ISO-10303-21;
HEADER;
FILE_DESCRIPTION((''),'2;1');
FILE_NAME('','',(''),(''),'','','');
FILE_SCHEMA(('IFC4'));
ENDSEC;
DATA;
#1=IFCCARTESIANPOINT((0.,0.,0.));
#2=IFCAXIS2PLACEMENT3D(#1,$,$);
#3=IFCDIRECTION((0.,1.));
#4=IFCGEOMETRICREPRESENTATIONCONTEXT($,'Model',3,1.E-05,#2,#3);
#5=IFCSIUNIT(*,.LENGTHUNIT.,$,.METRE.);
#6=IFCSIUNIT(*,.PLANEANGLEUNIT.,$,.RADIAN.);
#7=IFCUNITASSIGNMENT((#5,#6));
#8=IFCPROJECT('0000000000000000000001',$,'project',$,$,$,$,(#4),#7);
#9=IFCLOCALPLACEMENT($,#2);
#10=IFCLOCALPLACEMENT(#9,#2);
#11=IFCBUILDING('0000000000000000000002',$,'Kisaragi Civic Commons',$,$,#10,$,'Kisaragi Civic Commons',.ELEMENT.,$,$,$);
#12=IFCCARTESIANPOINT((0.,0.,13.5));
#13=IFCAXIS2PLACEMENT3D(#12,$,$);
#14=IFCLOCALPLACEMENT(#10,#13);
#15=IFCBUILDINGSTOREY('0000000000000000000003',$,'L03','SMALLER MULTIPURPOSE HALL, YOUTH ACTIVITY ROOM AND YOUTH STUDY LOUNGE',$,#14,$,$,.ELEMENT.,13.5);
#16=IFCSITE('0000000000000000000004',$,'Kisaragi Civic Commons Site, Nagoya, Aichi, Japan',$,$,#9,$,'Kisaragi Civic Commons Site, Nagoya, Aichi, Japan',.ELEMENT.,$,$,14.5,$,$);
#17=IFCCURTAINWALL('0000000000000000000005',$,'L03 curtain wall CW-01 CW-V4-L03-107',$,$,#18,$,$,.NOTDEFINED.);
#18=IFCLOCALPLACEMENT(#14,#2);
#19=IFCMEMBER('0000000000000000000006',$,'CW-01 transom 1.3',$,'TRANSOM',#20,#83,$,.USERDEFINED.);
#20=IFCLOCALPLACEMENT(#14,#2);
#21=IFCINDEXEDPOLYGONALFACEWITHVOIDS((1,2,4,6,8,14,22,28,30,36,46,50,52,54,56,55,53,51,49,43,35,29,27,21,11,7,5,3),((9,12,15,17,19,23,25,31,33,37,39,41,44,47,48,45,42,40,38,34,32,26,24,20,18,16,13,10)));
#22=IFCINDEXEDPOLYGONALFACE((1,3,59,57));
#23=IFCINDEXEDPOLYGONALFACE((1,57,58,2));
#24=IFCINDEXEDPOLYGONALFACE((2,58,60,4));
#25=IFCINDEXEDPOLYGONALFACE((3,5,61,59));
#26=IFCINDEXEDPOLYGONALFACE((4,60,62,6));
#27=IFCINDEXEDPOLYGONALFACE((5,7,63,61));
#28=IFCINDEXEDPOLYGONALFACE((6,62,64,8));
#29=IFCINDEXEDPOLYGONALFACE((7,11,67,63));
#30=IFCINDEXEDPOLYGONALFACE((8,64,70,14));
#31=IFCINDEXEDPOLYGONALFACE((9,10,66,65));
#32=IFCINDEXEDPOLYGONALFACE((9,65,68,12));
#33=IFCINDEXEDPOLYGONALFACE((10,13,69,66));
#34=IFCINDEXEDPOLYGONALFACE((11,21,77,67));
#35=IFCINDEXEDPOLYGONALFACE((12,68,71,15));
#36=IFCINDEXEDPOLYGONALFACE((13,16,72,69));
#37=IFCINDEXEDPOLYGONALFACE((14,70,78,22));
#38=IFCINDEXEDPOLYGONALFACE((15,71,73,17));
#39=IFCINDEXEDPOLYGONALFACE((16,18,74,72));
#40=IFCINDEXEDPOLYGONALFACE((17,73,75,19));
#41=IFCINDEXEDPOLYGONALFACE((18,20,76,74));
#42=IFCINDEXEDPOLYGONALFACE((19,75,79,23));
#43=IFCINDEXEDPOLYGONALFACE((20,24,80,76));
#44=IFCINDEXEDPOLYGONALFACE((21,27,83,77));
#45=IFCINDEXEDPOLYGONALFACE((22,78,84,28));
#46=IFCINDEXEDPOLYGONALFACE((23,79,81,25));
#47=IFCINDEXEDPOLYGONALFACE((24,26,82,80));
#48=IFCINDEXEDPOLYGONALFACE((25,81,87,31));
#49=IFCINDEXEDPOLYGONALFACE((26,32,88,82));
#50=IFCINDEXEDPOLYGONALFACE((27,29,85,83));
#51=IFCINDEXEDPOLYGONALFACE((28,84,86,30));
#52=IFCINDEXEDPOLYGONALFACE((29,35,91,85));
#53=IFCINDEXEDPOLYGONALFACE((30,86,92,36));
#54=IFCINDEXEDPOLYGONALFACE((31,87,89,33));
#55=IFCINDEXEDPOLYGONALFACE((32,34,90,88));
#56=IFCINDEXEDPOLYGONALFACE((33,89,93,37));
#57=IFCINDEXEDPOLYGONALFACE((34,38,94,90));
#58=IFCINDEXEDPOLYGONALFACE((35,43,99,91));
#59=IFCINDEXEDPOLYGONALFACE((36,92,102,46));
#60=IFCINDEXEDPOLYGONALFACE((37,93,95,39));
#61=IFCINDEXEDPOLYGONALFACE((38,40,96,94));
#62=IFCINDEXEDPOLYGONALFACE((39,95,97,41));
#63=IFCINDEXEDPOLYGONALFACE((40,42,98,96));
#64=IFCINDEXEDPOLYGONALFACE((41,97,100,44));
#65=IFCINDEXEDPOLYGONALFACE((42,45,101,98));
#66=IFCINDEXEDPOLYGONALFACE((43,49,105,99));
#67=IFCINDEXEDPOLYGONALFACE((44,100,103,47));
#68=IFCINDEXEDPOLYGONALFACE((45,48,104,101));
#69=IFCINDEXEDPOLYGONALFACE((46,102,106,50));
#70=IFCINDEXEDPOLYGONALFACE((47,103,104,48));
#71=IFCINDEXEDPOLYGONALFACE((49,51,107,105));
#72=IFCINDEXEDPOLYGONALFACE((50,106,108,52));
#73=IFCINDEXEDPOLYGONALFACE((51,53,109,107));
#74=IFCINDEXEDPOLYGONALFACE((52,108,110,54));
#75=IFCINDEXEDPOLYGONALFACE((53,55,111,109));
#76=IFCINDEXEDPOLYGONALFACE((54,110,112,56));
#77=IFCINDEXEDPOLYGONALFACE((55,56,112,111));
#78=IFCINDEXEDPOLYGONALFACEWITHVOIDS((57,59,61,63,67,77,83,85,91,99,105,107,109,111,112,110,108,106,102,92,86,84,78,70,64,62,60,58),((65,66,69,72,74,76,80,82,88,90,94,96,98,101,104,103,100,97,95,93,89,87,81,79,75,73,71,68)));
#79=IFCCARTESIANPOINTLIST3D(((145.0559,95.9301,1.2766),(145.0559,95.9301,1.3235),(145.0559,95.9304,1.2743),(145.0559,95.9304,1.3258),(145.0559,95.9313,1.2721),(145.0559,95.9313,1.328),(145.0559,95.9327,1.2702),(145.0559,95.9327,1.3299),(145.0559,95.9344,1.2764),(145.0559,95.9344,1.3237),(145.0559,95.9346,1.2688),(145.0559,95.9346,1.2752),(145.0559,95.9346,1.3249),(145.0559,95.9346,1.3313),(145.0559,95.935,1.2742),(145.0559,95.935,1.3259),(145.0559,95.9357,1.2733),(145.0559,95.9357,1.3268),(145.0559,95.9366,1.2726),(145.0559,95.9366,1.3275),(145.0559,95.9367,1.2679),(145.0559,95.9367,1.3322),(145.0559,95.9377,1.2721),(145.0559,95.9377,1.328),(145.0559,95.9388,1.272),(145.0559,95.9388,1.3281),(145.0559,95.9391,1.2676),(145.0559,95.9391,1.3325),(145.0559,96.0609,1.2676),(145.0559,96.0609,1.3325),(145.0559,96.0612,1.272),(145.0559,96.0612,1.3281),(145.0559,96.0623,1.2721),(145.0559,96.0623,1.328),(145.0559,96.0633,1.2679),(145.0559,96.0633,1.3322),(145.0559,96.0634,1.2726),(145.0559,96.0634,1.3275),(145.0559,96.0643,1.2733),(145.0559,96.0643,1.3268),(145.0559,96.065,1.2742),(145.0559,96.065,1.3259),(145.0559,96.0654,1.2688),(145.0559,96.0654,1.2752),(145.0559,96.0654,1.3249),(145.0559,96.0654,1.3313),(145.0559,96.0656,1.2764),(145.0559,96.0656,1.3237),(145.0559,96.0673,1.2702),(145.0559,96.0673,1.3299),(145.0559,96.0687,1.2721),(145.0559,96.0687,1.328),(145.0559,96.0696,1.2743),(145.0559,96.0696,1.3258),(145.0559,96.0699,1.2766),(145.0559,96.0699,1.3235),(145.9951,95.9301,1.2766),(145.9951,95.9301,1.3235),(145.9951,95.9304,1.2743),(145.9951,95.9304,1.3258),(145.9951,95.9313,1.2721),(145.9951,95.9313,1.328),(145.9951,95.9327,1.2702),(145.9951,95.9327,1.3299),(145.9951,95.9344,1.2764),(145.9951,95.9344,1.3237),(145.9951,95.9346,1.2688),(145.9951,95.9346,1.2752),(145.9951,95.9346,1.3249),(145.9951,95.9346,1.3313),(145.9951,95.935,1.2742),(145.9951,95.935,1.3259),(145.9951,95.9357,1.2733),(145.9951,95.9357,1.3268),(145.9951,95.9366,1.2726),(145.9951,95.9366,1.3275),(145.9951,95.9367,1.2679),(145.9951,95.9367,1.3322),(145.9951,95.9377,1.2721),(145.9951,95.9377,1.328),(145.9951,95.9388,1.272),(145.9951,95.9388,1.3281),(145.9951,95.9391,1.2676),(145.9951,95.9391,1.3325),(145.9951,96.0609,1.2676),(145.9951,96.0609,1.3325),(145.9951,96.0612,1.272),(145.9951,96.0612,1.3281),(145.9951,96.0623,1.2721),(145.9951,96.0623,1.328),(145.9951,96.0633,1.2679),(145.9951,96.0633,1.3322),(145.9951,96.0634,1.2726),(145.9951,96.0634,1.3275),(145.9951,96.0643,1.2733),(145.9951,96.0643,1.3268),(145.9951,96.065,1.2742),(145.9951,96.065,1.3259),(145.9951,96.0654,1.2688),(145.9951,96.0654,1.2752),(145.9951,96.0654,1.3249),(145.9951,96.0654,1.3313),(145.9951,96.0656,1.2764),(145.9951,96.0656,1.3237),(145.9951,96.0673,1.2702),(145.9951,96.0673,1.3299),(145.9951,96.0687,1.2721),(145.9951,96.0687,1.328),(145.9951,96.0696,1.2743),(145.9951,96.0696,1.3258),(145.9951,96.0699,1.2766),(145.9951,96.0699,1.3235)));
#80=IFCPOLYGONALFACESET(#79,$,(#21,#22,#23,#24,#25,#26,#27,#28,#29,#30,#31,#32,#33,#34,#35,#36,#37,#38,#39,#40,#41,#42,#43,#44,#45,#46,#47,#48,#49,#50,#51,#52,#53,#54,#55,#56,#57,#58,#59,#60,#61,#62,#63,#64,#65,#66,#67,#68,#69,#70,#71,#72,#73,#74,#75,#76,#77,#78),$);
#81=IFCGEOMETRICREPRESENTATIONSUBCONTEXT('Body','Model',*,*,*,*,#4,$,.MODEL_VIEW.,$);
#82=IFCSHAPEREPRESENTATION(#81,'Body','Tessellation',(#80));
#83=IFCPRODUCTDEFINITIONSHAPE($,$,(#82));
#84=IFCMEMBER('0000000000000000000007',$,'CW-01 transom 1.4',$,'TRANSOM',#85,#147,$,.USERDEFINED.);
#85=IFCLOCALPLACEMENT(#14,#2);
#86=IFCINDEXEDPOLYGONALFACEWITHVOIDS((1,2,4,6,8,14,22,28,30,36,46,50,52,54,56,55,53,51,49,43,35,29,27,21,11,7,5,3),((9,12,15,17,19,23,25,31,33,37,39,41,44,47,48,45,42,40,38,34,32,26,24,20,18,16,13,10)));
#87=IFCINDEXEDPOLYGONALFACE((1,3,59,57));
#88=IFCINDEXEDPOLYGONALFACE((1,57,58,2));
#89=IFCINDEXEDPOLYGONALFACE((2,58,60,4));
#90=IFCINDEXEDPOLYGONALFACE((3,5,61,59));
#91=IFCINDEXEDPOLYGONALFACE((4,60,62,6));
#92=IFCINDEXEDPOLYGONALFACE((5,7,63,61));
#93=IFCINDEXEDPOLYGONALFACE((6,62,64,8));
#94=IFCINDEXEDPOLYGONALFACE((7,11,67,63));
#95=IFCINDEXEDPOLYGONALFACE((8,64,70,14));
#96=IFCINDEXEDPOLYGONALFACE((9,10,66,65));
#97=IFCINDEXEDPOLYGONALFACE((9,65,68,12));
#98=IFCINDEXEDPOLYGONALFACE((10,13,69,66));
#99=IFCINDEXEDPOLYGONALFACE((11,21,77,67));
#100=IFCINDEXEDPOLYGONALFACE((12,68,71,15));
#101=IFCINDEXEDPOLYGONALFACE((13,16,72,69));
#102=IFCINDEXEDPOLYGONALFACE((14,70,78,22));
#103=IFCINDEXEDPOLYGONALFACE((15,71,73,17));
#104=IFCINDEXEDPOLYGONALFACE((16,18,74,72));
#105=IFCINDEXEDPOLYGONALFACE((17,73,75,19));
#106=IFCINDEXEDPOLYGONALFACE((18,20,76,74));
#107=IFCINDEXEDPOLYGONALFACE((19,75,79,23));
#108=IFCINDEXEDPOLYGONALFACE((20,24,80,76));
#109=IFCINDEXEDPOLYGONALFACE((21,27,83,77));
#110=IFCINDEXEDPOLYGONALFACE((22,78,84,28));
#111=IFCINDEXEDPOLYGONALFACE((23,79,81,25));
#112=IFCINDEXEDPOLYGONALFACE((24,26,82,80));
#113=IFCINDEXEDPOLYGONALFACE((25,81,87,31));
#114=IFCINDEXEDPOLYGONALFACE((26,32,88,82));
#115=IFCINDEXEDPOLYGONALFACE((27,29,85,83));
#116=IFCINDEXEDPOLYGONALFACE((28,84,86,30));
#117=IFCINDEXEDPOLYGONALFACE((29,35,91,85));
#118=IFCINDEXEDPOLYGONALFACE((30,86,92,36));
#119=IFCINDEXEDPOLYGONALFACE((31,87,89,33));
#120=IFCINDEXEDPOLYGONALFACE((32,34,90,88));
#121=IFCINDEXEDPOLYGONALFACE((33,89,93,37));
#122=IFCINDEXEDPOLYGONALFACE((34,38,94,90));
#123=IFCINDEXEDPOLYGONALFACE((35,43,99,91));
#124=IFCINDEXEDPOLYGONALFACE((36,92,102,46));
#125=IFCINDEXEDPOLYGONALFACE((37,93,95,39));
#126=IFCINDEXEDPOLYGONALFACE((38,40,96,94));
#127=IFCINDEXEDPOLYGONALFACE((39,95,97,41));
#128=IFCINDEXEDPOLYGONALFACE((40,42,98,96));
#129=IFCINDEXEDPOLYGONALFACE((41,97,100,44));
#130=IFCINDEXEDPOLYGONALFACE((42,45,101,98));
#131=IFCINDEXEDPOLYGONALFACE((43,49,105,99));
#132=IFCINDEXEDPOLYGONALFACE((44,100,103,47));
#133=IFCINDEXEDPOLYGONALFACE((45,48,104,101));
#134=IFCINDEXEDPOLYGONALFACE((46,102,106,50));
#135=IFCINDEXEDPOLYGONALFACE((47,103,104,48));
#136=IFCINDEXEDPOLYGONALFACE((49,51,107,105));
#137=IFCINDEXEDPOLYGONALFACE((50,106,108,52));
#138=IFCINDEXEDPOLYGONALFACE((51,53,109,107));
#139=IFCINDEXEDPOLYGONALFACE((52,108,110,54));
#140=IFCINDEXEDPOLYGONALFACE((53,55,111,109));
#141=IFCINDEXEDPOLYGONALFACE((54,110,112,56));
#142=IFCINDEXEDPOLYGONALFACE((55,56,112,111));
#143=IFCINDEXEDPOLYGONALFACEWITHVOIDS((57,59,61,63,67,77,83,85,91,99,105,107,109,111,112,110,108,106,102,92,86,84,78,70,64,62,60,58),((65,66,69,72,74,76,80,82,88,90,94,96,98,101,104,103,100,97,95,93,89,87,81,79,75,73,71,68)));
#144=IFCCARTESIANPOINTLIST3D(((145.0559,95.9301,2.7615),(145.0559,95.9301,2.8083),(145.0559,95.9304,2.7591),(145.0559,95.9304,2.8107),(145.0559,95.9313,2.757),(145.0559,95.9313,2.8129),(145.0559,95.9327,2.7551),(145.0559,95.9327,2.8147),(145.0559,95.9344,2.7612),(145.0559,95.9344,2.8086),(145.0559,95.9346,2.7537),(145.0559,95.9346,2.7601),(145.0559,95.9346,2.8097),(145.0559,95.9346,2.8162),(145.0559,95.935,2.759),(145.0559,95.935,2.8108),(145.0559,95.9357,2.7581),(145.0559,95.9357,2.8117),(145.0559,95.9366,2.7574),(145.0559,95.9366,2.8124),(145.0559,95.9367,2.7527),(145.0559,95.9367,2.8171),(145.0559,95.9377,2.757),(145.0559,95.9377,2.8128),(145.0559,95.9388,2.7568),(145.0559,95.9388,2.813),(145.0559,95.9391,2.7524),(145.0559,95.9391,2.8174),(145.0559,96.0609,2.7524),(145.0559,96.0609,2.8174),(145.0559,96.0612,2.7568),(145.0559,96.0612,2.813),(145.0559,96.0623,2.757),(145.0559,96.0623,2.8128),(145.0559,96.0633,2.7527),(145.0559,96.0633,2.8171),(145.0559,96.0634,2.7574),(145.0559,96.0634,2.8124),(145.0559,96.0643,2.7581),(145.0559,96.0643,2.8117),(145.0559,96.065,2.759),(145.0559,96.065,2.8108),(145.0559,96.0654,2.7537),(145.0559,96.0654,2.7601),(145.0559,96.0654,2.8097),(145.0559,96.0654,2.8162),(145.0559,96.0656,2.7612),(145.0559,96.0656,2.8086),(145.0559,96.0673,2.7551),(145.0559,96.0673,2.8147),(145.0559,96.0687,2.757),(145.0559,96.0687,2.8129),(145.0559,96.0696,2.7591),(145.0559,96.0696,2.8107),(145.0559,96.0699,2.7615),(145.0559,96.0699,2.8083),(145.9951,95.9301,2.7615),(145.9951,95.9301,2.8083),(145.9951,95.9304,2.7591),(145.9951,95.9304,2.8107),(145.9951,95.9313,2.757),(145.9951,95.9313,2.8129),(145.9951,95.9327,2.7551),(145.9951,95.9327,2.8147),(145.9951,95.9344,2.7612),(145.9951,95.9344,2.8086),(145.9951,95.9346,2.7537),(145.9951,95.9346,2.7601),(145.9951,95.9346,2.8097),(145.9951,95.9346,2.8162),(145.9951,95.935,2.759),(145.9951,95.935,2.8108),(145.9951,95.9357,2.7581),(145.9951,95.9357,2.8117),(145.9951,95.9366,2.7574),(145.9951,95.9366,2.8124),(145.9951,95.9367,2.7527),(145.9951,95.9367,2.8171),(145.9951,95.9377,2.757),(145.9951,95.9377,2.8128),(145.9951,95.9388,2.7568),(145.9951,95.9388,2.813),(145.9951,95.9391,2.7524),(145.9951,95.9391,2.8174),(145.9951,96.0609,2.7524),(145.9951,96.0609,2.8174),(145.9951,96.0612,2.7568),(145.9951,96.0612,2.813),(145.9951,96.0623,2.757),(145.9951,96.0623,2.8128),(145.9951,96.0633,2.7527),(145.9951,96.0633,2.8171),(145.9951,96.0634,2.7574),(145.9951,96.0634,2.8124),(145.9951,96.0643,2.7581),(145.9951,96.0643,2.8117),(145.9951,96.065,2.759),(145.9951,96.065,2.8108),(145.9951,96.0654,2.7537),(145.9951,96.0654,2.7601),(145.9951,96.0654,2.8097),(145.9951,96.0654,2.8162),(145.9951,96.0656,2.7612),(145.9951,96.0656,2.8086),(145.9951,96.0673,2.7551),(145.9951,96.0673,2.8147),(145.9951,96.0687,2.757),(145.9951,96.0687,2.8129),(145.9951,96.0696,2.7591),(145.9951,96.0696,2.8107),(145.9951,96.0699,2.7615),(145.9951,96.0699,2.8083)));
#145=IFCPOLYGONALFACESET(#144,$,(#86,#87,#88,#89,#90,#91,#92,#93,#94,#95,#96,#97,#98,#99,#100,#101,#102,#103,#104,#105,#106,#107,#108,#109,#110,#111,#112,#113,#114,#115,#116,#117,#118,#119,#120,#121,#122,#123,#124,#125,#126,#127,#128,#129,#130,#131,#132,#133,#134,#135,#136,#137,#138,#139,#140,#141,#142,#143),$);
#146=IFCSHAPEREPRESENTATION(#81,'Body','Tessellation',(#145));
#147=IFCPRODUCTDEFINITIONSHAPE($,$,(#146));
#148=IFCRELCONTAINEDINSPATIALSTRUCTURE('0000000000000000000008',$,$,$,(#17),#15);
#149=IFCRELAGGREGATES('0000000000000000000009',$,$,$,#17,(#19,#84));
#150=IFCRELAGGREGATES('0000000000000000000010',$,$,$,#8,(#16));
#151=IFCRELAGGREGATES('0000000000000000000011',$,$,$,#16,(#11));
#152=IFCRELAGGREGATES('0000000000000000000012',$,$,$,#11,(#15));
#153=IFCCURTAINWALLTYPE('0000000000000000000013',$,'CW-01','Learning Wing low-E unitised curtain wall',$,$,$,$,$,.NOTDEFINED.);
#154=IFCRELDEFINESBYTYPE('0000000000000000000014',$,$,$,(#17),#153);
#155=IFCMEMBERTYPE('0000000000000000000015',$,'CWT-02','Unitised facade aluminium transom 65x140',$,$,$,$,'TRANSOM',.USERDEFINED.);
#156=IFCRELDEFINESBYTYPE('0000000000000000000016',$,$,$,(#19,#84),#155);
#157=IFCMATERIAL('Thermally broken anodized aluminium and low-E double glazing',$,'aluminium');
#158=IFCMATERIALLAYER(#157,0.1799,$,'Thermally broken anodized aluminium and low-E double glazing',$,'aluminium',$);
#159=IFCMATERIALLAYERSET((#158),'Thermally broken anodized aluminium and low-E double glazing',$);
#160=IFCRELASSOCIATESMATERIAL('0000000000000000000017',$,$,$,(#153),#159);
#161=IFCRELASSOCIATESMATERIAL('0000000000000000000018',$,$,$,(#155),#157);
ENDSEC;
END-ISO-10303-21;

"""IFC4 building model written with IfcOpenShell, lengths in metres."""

from ifc_helpers import new_model, si_unit, direction, frame, origin, origin_2d, place, context, subcontext, project, spatial, hollow_rectangle, extrude, material, layer, layer_set, material_profile, profile_set, type_object, element, aggregate, save


model = new_model("IFC4")

# Units and contexts
model_context = context("Model", 3, precision=1e-05, world=origin(), true_north=direction((0.0, 1.0)))
body_context = subcontext(model_context, "Body", "Model", "MODEL_VIEW")
ifc_project = project(units=[si_unit("LENGTHUNIT", "METRE"), si_unit("PLANEANGLEUNIT", "RADIAN")], contexts=[model_context])

# Site, building, storey
site_placement = place(None, origin())
site = spatial("IfcSite", under=ifc_project, at=site_placement, Name="Kisaragi Civic Commons Site, Nagoya, Aichi, Japan", LongName="Kisaragi Civic Commons Site, Nagoya, Aichi, Japan", CompositionType="ELEMENT", RefElevation=14.5)
building_placement = place(site_placement, origin())
building = spatial("IfcBuilding", under=site, at=building_placement, Name="Kisaragi Civic Commons", LongName="Kisaragi Civic Commons", CompositionType="ELEMENT")
storey_placement = place(building_placement, frame((0.0, 0.0, 13.5)))
storey = spatial("IfcBuildingStorey", under=building, at=storey_placement, Name="L03", Description="SMALLER MULTIPURPOSE HALL, YOUTH ACTIVITY ROOM AND YOUTH STUDY LOUNGE", CompositionType="ELEMENT", Elevation=13.5)

# Shared definitions
ifc_material_1 = material(Name="Thermally broken anodized aluminium and low-E double glazing", Category="aluminium")
ifc_layer_1 = layer(ifc_material_1, 0.1799, Name="Thermally broken anodized aluminium and low-E double glazing", Category="aluminium")
ifc_layer_set_1 = layer_set([ifc_layer_1], Name="Thermally broken anodized aluminium and low-E double glazing")
curtain_wall_type = type_object("IfcCurtainWallType", Name="CW-01", Description="Learning Wing low-E unitised curtain wall", PredefinedType="NOTDEFINED", material=ifc_layer_set_1)

# Curtain wall, members
curtain_wall_1_placement = place(storey_placement, origin())
curtain_wall_1 = element("IfcCurtainWall", 1, at=curtain_wall_1_placement, inside=storey, type_object=curtain_wall_type, Name="L03 curtain wall CW-01 CW-V4-L03-107", PredefinedType="NOTDEFINED")
ifc_material_profile_1 = material_profile(ifc_material_1, hollow_rectangle(XDim=0.1399, YDim=0.0649, WallThickness=0.0044, InnerFilletRadius=0.0044, OuterFilletRadius=0.009, at=origin_2d()), Name="CWT-65x140x4.5", Category="aluminium")
ifc_profile_set_1 = profile_set([ifc_material_profile_1], Name="Thermally broken anodized aluminium and low-E double glazing")
member_type_1 = type_object("IfcMemberType", Name="CWT-02", Description="Unitised facade aluminium transom 65x140", ElementType="TRANSOM", PredefinedType="USERDEFINED", material=ifc_profile_set_1)
member_1_placement = place(storey_placement, frame((145.9951, 96.0, 1.3), z_axis=(-1.0, 0.0, 0.0), x_axis=(0.0, -1.0, 0.0)))
member_1 = element("IfcMember", 2, at=member_1_placement, type_object=member_type_1, Name="CW-01 transom 1.3", ObjectType="TRANSOM", PredefinedType="USERDEFINED", context=body_context, shape_type="SweptSolid", body=[
    extrude(hollow_rectangle(XDim=0.1399, YDim=0.0649, WallThickness=0.0044, InnerFilletRadius=0.0044, OuterFilletRadius=0.009, at=origin_2d()), origin(), (0.0, 0.0, 1.0), 0.9392),
])
member_2_placement = place(storey_placement, frame((145.9951, 96.0, 2.7849), z_axis=(-1.0, 0.0, 0.0), x_axis=(0.0, -1.0, 0.0)))
member_2 = element("IfcMember", 3, at=member_2_placement, type_object=member_type_1, Name="CW-01 transom 1.4", ObjectType="TRANSOM", PredefinedType="USERDEFINED", context=body_context, shape_type="SweptSolid", body=[
    extrude(hollow_rectangle(XDim=0.1399, YDim=0.0649, WallThickness=0.0044, InnerFilletRadius=0.0044, OuterFilletRadius=0.009, at=origin_2d()), origin(), (0.0, 0.0, 1.0), 0.9392),
])

aggregate(curtain_wall_1, [member_1, member_2])

save(model, "model.ifc")
